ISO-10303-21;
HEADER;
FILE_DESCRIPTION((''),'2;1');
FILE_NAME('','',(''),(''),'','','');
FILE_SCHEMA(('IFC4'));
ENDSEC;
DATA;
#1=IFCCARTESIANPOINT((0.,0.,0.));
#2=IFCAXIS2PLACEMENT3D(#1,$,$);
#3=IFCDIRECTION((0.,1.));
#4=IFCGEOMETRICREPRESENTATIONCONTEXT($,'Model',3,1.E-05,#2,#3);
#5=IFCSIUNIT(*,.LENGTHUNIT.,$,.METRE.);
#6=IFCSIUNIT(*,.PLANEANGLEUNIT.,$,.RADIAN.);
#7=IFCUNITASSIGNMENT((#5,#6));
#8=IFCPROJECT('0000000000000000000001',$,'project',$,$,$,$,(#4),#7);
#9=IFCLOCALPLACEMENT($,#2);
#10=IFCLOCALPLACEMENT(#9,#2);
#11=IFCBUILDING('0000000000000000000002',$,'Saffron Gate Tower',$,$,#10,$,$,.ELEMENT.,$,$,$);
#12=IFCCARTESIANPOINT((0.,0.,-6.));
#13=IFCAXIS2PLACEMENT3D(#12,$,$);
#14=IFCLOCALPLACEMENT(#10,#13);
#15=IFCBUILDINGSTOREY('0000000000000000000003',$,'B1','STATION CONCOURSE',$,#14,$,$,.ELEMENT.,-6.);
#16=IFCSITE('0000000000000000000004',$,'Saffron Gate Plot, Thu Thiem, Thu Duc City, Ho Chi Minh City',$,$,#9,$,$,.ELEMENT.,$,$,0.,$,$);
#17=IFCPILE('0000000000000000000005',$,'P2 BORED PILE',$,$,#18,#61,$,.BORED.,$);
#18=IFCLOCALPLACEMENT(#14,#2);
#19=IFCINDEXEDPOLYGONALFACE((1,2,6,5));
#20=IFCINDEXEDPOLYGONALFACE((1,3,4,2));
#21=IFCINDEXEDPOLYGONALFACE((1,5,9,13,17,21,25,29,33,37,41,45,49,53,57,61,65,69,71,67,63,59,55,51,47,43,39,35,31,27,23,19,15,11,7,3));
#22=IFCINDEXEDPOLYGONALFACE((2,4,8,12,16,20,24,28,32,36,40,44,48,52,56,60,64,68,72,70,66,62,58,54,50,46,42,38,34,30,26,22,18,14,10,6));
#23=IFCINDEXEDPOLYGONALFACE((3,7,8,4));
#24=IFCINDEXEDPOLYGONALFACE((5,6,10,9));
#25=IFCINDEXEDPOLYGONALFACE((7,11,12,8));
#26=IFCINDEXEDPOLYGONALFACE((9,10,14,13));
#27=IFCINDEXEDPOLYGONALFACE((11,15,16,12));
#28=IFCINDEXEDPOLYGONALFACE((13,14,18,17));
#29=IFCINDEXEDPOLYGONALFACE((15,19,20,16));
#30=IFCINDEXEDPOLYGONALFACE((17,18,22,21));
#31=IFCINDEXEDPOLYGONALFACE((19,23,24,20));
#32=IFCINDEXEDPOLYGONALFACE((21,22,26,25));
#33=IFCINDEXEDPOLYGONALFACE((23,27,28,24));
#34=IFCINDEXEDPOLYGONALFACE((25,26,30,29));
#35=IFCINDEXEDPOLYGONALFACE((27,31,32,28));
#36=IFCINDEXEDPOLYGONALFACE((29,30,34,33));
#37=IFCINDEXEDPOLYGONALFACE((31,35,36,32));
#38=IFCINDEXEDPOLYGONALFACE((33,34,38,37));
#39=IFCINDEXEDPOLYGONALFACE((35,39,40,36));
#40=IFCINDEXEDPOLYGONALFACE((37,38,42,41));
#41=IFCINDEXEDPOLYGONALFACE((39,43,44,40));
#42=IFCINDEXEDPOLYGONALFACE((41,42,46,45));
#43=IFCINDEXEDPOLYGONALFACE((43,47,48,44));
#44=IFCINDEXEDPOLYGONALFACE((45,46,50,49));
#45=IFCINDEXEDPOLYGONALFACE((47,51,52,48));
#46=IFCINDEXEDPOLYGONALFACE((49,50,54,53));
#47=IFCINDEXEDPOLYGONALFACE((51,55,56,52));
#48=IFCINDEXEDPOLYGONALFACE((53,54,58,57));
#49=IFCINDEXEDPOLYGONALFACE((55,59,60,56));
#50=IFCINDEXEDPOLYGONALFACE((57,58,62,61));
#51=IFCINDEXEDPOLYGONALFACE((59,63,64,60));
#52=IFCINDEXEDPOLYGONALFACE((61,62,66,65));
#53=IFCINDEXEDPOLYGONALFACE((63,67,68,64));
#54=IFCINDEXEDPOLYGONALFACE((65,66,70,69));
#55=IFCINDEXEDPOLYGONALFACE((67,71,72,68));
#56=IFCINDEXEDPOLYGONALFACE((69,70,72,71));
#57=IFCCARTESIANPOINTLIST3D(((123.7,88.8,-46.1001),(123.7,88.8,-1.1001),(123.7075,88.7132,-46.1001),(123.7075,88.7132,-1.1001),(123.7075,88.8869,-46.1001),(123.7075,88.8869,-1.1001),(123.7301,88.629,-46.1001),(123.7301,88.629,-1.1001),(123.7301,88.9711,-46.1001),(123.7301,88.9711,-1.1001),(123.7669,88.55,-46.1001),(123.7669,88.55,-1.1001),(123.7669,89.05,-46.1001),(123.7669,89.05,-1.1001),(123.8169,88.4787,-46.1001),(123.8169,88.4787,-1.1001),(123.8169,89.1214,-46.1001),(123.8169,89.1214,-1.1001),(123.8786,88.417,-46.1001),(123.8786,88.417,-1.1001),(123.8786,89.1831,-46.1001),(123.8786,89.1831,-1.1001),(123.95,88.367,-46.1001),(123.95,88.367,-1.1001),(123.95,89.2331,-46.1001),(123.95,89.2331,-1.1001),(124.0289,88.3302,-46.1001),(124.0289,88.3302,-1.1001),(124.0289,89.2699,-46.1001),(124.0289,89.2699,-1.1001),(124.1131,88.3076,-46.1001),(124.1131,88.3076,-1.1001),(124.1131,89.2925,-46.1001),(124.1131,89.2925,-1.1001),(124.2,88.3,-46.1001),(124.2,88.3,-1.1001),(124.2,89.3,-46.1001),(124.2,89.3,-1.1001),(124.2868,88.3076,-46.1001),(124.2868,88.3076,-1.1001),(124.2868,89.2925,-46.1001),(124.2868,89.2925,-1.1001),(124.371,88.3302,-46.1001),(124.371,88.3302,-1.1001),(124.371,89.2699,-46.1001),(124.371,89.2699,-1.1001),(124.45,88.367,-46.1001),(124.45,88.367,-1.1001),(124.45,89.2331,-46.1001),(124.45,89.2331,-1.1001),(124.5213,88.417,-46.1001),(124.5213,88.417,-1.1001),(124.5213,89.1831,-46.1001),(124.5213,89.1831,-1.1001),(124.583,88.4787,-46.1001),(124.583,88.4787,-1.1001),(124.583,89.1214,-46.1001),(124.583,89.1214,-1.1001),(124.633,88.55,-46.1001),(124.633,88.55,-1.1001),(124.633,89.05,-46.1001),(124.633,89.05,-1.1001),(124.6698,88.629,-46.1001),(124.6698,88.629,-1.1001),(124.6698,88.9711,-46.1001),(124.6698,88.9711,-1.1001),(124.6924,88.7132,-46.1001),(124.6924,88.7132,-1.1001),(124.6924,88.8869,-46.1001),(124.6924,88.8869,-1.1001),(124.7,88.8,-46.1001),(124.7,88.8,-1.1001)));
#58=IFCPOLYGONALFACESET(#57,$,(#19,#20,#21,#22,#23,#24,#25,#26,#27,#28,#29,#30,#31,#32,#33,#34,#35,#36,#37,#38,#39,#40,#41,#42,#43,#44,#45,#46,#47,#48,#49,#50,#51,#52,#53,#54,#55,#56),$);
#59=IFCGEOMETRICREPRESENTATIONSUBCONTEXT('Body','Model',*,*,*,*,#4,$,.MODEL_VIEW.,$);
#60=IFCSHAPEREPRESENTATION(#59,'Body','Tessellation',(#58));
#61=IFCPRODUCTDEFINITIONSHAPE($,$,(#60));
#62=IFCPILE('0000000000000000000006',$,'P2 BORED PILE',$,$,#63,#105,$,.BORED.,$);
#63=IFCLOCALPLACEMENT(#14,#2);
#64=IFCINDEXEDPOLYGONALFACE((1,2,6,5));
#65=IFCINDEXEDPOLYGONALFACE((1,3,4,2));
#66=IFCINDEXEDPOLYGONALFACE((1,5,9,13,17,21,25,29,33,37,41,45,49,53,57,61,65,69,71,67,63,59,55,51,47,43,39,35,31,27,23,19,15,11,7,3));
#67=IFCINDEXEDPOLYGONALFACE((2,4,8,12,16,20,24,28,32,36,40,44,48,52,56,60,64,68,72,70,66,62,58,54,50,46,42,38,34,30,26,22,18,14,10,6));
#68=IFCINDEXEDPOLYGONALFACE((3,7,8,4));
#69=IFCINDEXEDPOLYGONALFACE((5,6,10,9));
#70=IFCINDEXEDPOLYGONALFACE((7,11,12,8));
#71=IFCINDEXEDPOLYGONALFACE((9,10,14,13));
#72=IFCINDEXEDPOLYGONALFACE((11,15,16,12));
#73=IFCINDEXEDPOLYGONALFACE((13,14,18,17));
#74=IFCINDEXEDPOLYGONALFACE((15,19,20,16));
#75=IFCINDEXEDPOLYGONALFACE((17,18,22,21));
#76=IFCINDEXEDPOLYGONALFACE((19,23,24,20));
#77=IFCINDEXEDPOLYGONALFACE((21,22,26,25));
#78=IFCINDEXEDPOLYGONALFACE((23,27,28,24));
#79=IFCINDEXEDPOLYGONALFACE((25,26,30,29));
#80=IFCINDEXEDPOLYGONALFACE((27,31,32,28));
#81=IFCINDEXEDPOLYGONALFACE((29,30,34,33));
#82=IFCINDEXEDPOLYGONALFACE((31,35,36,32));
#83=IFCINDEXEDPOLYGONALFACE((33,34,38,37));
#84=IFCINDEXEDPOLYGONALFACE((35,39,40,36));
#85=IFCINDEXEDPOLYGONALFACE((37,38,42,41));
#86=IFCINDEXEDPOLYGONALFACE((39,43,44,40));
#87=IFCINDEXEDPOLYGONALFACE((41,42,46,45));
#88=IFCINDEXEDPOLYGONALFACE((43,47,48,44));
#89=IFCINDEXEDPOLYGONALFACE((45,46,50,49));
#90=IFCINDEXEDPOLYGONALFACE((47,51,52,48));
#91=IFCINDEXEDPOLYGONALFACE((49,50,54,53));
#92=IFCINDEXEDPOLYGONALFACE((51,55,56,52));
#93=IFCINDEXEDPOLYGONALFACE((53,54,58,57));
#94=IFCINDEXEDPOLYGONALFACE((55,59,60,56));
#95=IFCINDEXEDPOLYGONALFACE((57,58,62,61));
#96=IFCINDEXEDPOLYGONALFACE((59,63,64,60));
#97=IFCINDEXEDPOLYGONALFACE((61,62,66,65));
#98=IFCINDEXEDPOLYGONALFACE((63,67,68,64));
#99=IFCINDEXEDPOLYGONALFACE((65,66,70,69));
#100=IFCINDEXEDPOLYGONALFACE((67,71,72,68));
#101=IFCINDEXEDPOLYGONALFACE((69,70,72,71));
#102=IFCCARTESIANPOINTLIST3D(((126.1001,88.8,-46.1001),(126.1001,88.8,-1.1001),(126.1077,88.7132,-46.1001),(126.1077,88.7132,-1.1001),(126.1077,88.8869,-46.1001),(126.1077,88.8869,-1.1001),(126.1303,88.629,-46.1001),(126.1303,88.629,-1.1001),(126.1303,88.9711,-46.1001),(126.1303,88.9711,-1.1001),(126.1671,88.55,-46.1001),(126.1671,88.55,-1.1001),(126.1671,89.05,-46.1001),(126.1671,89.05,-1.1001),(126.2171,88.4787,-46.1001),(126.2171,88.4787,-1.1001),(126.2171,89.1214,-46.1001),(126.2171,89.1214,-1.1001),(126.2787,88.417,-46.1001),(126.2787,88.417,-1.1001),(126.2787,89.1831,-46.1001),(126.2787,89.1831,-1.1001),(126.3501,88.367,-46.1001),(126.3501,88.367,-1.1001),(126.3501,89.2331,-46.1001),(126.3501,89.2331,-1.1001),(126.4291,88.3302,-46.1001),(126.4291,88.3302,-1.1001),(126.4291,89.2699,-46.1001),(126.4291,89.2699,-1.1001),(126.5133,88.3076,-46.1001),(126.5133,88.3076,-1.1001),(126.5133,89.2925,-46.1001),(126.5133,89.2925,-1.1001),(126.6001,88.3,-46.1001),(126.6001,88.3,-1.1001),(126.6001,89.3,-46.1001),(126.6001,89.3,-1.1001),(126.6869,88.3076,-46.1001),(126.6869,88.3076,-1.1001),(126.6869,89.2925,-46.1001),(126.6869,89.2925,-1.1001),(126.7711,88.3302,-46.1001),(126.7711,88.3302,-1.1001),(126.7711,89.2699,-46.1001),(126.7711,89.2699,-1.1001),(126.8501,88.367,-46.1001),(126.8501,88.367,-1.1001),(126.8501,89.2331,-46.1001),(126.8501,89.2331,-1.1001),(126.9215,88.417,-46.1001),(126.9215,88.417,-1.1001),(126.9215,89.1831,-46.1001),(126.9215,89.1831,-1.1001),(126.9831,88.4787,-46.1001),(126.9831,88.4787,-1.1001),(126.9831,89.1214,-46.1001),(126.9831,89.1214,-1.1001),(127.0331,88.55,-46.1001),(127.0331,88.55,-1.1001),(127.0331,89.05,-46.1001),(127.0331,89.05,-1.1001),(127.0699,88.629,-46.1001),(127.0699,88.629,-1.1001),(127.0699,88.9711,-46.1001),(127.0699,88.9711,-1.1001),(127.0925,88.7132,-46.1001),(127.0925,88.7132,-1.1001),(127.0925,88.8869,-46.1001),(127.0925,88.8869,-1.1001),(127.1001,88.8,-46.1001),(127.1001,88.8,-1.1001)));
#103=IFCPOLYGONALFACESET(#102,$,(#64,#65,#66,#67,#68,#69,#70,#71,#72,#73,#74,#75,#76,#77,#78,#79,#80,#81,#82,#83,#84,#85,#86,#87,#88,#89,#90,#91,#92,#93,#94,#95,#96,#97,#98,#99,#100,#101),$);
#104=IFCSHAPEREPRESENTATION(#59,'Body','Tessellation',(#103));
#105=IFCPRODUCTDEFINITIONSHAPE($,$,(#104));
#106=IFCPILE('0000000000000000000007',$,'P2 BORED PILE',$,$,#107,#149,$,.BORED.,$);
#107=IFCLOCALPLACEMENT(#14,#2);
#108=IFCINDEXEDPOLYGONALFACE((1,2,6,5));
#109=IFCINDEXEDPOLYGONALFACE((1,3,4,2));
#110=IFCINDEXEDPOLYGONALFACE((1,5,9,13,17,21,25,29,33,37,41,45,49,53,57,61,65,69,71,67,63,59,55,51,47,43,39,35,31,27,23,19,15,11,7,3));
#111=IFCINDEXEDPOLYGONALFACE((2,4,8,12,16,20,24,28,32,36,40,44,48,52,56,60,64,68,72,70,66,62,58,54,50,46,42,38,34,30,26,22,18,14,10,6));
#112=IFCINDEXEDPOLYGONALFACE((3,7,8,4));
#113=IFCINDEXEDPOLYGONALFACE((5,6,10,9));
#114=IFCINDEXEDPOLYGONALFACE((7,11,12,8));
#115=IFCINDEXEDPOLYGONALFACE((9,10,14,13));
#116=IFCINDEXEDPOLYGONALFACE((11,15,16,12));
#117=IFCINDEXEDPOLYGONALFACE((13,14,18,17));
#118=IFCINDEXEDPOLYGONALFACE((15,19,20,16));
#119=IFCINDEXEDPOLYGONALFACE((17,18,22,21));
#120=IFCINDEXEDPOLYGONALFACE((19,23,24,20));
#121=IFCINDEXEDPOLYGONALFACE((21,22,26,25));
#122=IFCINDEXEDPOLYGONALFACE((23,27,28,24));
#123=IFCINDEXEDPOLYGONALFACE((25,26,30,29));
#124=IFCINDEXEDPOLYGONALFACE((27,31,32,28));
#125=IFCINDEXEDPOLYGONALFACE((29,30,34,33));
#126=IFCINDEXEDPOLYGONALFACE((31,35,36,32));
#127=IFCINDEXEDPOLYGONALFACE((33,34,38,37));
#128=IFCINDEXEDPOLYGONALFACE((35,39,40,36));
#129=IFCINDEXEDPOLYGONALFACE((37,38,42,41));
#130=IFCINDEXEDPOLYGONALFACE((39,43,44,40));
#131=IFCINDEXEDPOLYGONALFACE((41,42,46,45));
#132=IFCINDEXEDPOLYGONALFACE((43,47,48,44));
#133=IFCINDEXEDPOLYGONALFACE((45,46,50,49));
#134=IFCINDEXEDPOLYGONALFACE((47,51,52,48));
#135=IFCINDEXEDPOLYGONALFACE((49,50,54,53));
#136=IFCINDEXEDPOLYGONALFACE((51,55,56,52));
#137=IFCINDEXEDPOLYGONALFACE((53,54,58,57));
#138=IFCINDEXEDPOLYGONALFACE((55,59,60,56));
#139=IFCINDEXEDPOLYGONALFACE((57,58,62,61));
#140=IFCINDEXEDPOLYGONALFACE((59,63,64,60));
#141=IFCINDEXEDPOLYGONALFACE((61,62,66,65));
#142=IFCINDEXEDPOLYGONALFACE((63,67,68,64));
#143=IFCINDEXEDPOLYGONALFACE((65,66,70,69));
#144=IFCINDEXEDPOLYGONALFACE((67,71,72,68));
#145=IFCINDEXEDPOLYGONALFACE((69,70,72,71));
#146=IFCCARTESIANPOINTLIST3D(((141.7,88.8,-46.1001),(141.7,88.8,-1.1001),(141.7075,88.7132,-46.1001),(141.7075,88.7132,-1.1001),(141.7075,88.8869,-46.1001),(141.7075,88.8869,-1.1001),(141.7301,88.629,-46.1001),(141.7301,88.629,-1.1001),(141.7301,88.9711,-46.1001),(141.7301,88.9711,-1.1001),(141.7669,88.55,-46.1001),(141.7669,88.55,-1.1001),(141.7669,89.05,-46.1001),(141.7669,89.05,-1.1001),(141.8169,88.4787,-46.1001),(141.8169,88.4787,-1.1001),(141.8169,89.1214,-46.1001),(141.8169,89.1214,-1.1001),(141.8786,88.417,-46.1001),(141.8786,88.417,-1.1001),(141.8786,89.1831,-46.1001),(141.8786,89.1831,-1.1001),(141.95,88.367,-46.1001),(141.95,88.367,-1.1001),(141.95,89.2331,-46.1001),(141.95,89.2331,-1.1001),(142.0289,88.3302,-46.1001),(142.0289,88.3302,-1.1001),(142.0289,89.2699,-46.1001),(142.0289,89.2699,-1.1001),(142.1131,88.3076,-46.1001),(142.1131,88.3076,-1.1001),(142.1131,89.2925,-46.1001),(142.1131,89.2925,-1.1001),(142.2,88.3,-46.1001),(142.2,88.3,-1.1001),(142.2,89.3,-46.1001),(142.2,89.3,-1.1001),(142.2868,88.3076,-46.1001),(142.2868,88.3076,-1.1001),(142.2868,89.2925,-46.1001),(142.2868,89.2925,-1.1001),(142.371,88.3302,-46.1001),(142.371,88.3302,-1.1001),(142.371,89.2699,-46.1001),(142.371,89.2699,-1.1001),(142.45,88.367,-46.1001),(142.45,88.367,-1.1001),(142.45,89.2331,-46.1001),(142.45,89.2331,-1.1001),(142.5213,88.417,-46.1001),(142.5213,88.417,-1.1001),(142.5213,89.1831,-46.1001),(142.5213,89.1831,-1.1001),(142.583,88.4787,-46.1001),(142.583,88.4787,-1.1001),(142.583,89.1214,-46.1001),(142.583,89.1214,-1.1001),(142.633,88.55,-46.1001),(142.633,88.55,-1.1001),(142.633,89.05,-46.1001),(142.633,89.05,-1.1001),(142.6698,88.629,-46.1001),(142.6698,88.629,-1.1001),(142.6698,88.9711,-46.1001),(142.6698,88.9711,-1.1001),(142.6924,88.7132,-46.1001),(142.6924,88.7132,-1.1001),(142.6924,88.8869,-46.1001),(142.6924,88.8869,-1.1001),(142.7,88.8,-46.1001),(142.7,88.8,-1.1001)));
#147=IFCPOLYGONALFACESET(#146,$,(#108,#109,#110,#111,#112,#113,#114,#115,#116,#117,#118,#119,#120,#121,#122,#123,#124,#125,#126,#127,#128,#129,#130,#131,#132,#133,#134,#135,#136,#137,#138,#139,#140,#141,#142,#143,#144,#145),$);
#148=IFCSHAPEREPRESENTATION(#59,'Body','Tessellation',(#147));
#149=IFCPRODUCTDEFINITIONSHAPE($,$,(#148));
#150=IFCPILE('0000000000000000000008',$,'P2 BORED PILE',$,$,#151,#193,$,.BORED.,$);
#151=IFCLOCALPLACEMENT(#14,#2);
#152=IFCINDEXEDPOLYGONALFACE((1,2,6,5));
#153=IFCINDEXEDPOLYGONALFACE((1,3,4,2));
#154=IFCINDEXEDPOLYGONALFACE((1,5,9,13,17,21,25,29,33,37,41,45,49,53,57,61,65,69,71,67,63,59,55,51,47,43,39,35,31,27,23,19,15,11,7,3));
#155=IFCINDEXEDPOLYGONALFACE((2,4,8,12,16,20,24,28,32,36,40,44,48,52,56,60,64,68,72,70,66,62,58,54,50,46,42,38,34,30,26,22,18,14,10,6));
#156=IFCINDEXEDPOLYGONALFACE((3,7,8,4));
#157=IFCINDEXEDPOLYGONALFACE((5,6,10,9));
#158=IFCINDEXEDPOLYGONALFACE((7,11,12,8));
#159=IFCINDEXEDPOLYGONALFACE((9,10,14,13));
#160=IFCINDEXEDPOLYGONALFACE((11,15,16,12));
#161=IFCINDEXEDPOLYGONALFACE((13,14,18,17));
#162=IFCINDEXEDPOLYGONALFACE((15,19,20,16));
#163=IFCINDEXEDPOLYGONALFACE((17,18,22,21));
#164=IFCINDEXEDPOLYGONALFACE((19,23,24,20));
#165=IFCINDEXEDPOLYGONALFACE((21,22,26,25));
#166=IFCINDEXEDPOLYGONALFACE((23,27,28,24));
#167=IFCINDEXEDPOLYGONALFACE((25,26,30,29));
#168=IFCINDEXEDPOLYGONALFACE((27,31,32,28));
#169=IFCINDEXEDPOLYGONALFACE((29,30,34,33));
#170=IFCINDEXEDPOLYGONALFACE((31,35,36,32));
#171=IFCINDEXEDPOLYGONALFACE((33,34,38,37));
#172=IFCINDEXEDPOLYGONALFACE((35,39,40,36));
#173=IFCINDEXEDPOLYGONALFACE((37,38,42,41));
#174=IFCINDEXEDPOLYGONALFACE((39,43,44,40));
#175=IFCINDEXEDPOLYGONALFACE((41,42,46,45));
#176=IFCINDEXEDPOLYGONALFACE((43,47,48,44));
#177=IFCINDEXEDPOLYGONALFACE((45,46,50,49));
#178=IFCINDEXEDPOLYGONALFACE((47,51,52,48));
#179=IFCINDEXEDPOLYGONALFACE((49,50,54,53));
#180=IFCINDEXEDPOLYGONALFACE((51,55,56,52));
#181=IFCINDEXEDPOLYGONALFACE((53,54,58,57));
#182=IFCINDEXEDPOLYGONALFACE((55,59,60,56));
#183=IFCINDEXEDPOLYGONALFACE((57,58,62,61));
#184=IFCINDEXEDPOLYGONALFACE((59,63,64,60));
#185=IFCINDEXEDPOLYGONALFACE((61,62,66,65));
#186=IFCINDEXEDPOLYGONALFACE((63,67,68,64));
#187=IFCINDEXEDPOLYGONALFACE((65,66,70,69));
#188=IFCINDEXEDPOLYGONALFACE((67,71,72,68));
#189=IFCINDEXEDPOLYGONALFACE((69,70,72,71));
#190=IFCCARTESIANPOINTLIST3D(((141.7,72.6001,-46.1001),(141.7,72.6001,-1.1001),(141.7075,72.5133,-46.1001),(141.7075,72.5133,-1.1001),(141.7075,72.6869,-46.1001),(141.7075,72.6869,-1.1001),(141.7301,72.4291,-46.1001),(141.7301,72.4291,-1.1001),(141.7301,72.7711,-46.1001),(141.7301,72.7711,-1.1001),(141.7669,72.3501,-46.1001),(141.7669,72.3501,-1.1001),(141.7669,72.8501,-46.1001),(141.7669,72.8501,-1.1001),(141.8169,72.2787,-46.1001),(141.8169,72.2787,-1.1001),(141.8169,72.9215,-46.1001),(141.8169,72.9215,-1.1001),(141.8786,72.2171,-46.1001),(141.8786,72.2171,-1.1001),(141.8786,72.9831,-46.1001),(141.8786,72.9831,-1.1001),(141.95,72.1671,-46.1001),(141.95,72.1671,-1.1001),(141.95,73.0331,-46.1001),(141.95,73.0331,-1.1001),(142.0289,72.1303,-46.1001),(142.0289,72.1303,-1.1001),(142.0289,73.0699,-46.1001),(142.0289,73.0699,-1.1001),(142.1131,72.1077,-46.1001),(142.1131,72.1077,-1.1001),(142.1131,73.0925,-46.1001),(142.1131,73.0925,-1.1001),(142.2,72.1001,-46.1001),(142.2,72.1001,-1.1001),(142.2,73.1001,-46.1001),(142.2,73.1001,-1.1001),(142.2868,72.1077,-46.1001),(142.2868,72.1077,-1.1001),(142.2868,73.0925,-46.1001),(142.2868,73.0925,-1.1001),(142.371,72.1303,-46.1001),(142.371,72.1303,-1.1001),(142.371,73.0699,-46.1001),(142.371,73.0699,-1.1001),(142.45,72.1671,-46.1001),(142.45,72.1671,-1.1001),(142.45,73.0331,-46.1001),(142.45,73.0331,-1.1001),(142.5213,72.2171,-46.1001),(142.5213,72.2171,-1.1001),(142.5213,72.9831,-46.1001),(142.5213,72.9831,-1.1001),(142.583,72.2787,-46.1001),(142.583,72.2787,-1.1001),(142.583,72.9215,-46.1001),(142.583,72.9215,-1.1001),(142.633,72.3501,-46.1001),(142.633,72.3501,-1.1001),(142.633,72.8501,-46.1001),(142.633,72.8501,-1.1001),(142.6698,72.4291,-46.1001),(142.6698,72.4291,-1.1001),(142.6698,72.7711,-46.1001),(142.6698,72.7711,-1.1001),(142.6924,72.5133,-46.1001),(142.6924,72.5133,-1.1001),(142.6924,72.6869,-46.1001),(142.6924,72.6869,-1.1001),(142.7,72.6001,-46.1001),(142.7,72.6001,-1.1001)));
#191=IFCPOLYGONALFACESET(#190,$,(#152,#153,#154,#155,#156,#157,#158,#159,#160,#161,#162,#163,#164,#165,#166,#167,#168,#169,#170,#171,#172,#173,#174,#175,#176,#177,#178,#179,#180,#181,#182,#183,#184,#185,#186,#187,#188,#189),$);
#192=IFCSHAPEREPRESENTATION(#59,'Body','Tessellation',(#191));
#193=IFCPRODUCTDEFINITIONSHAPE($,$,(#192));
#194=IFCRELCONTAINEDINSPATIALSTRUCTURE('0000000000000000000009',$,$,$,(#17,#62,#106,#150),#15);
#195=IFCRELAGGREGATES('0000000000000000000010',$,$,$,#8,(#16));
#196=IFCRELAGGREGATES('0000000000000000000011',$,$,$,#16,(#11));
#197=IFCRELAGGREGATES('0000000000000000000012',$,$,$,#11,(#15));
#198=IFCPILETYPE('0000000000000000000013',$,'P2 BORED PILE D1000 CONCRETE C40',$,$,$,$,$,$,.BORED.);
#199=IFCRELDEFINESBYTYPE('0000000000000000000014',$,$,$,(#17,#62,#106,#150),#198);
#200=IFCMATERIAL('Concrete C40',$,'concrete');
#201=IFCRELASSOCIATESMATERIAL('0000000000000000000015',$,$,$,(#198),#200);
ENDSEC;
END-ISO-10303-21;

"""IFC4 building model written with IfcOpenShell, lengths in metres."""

from ifc_helpers import new_model, si_unit, direction, frame, origin, origin_2d, place, context, subcontext, project, spatial, circle, extrude, material, material_profile, profile_set, type_object, element, save


model = new_model("IFC4")

# Units and contexts
model_context = context("Model", 3, precision=1e-05, world=origin(), true_north=direction((0.0, 1.0)))
body_context = subcontext(model_context, "Body", "Model", "MODEL_VIEW")
ifc_project = project(units=[si_unit("LENGTHUNIT", "METRE"), si_unit("PLANEANGLEUNIT", "RADIAN")], contexts=[model_context])

# Site, building, storey
site_placement = place(None, origin())
site = spatial("IfcSite", under=ifc_project, at=site_placement, Name="Saffron Gate Plot, Thu Thiem, Thu Duc City, Ho Chi Minh City", CompositionType="ELEMENT", RefElevation=0.0)
building_placement = place(site_placement, origin())
building = spatial("IfcBuilding", under=site, at=building_placement, Name="Saffron Gate Tower", CompositionType="ELEMENT")
storey_placement = place(building_placement, frame((0.0, 0.0, -6.0)))
storey = spatial("IfcBuildingStorey", under=building, at=storey_placement, Name="B1", Description="STATION CONCOURSE", CompositionType="ELEMENT", Elevation=-6.0)

# Piles
ifc_material_1 = material(Name="Concrete C40", Category="concrete")
ifc_material_profile_1 = material_profile(ifc_material_1, circle(Radius=0.5, at=origin_2d()))
ifc_profile_set_1 = profile_set([ifc_material_profile_1], Name="Concrete C40")
pile_type_1 = type_object("IfcPileType", Name="P2 BORED PILE D1000 CONCRETE C40", PredefinedType="BORED", material=ifc_profile_set_1)
for number, where, z_axis, x_axis, name in (
    (1, (124.2, 88.8, -1.1001), (0.0, 0.0, -1.0), (1.0, 0.0, 0.0), "P2 BORED PILE"),
    (2, (126.6001, 88.8, -1.1001), (0.0, 0.0, -1.0), (1.0, 0.0, 0.0), "P2 BORED PILE"),
    (3, (142.2, 88.8, -1.1001), (0.0, 0.0, -1.0), (1.0, 0.0, 0.0), "P2 BORED PILE"),
    (4, (142.2, 72.6001, -1.1001), (0.0, 0.0, -1.0), (1.0, 0.0, 0.0), "P2 BORED PILE"),
):
    element("IfcPile", number, at=place(storey_placement, frame(where, z_axis=z_axis, x_axis=x_axis)), inside=storey, type_object=pile_type_1, Name=name, PredefinedType="BORED", context=body_context, shape_type="SweptSolid", body=[
        extrude(circle(Radius=0.5, at=origin_2d()), origin(), (0.0, 0.0, 1.0), 45.0),
    ])

save(model, "model.ifc")
